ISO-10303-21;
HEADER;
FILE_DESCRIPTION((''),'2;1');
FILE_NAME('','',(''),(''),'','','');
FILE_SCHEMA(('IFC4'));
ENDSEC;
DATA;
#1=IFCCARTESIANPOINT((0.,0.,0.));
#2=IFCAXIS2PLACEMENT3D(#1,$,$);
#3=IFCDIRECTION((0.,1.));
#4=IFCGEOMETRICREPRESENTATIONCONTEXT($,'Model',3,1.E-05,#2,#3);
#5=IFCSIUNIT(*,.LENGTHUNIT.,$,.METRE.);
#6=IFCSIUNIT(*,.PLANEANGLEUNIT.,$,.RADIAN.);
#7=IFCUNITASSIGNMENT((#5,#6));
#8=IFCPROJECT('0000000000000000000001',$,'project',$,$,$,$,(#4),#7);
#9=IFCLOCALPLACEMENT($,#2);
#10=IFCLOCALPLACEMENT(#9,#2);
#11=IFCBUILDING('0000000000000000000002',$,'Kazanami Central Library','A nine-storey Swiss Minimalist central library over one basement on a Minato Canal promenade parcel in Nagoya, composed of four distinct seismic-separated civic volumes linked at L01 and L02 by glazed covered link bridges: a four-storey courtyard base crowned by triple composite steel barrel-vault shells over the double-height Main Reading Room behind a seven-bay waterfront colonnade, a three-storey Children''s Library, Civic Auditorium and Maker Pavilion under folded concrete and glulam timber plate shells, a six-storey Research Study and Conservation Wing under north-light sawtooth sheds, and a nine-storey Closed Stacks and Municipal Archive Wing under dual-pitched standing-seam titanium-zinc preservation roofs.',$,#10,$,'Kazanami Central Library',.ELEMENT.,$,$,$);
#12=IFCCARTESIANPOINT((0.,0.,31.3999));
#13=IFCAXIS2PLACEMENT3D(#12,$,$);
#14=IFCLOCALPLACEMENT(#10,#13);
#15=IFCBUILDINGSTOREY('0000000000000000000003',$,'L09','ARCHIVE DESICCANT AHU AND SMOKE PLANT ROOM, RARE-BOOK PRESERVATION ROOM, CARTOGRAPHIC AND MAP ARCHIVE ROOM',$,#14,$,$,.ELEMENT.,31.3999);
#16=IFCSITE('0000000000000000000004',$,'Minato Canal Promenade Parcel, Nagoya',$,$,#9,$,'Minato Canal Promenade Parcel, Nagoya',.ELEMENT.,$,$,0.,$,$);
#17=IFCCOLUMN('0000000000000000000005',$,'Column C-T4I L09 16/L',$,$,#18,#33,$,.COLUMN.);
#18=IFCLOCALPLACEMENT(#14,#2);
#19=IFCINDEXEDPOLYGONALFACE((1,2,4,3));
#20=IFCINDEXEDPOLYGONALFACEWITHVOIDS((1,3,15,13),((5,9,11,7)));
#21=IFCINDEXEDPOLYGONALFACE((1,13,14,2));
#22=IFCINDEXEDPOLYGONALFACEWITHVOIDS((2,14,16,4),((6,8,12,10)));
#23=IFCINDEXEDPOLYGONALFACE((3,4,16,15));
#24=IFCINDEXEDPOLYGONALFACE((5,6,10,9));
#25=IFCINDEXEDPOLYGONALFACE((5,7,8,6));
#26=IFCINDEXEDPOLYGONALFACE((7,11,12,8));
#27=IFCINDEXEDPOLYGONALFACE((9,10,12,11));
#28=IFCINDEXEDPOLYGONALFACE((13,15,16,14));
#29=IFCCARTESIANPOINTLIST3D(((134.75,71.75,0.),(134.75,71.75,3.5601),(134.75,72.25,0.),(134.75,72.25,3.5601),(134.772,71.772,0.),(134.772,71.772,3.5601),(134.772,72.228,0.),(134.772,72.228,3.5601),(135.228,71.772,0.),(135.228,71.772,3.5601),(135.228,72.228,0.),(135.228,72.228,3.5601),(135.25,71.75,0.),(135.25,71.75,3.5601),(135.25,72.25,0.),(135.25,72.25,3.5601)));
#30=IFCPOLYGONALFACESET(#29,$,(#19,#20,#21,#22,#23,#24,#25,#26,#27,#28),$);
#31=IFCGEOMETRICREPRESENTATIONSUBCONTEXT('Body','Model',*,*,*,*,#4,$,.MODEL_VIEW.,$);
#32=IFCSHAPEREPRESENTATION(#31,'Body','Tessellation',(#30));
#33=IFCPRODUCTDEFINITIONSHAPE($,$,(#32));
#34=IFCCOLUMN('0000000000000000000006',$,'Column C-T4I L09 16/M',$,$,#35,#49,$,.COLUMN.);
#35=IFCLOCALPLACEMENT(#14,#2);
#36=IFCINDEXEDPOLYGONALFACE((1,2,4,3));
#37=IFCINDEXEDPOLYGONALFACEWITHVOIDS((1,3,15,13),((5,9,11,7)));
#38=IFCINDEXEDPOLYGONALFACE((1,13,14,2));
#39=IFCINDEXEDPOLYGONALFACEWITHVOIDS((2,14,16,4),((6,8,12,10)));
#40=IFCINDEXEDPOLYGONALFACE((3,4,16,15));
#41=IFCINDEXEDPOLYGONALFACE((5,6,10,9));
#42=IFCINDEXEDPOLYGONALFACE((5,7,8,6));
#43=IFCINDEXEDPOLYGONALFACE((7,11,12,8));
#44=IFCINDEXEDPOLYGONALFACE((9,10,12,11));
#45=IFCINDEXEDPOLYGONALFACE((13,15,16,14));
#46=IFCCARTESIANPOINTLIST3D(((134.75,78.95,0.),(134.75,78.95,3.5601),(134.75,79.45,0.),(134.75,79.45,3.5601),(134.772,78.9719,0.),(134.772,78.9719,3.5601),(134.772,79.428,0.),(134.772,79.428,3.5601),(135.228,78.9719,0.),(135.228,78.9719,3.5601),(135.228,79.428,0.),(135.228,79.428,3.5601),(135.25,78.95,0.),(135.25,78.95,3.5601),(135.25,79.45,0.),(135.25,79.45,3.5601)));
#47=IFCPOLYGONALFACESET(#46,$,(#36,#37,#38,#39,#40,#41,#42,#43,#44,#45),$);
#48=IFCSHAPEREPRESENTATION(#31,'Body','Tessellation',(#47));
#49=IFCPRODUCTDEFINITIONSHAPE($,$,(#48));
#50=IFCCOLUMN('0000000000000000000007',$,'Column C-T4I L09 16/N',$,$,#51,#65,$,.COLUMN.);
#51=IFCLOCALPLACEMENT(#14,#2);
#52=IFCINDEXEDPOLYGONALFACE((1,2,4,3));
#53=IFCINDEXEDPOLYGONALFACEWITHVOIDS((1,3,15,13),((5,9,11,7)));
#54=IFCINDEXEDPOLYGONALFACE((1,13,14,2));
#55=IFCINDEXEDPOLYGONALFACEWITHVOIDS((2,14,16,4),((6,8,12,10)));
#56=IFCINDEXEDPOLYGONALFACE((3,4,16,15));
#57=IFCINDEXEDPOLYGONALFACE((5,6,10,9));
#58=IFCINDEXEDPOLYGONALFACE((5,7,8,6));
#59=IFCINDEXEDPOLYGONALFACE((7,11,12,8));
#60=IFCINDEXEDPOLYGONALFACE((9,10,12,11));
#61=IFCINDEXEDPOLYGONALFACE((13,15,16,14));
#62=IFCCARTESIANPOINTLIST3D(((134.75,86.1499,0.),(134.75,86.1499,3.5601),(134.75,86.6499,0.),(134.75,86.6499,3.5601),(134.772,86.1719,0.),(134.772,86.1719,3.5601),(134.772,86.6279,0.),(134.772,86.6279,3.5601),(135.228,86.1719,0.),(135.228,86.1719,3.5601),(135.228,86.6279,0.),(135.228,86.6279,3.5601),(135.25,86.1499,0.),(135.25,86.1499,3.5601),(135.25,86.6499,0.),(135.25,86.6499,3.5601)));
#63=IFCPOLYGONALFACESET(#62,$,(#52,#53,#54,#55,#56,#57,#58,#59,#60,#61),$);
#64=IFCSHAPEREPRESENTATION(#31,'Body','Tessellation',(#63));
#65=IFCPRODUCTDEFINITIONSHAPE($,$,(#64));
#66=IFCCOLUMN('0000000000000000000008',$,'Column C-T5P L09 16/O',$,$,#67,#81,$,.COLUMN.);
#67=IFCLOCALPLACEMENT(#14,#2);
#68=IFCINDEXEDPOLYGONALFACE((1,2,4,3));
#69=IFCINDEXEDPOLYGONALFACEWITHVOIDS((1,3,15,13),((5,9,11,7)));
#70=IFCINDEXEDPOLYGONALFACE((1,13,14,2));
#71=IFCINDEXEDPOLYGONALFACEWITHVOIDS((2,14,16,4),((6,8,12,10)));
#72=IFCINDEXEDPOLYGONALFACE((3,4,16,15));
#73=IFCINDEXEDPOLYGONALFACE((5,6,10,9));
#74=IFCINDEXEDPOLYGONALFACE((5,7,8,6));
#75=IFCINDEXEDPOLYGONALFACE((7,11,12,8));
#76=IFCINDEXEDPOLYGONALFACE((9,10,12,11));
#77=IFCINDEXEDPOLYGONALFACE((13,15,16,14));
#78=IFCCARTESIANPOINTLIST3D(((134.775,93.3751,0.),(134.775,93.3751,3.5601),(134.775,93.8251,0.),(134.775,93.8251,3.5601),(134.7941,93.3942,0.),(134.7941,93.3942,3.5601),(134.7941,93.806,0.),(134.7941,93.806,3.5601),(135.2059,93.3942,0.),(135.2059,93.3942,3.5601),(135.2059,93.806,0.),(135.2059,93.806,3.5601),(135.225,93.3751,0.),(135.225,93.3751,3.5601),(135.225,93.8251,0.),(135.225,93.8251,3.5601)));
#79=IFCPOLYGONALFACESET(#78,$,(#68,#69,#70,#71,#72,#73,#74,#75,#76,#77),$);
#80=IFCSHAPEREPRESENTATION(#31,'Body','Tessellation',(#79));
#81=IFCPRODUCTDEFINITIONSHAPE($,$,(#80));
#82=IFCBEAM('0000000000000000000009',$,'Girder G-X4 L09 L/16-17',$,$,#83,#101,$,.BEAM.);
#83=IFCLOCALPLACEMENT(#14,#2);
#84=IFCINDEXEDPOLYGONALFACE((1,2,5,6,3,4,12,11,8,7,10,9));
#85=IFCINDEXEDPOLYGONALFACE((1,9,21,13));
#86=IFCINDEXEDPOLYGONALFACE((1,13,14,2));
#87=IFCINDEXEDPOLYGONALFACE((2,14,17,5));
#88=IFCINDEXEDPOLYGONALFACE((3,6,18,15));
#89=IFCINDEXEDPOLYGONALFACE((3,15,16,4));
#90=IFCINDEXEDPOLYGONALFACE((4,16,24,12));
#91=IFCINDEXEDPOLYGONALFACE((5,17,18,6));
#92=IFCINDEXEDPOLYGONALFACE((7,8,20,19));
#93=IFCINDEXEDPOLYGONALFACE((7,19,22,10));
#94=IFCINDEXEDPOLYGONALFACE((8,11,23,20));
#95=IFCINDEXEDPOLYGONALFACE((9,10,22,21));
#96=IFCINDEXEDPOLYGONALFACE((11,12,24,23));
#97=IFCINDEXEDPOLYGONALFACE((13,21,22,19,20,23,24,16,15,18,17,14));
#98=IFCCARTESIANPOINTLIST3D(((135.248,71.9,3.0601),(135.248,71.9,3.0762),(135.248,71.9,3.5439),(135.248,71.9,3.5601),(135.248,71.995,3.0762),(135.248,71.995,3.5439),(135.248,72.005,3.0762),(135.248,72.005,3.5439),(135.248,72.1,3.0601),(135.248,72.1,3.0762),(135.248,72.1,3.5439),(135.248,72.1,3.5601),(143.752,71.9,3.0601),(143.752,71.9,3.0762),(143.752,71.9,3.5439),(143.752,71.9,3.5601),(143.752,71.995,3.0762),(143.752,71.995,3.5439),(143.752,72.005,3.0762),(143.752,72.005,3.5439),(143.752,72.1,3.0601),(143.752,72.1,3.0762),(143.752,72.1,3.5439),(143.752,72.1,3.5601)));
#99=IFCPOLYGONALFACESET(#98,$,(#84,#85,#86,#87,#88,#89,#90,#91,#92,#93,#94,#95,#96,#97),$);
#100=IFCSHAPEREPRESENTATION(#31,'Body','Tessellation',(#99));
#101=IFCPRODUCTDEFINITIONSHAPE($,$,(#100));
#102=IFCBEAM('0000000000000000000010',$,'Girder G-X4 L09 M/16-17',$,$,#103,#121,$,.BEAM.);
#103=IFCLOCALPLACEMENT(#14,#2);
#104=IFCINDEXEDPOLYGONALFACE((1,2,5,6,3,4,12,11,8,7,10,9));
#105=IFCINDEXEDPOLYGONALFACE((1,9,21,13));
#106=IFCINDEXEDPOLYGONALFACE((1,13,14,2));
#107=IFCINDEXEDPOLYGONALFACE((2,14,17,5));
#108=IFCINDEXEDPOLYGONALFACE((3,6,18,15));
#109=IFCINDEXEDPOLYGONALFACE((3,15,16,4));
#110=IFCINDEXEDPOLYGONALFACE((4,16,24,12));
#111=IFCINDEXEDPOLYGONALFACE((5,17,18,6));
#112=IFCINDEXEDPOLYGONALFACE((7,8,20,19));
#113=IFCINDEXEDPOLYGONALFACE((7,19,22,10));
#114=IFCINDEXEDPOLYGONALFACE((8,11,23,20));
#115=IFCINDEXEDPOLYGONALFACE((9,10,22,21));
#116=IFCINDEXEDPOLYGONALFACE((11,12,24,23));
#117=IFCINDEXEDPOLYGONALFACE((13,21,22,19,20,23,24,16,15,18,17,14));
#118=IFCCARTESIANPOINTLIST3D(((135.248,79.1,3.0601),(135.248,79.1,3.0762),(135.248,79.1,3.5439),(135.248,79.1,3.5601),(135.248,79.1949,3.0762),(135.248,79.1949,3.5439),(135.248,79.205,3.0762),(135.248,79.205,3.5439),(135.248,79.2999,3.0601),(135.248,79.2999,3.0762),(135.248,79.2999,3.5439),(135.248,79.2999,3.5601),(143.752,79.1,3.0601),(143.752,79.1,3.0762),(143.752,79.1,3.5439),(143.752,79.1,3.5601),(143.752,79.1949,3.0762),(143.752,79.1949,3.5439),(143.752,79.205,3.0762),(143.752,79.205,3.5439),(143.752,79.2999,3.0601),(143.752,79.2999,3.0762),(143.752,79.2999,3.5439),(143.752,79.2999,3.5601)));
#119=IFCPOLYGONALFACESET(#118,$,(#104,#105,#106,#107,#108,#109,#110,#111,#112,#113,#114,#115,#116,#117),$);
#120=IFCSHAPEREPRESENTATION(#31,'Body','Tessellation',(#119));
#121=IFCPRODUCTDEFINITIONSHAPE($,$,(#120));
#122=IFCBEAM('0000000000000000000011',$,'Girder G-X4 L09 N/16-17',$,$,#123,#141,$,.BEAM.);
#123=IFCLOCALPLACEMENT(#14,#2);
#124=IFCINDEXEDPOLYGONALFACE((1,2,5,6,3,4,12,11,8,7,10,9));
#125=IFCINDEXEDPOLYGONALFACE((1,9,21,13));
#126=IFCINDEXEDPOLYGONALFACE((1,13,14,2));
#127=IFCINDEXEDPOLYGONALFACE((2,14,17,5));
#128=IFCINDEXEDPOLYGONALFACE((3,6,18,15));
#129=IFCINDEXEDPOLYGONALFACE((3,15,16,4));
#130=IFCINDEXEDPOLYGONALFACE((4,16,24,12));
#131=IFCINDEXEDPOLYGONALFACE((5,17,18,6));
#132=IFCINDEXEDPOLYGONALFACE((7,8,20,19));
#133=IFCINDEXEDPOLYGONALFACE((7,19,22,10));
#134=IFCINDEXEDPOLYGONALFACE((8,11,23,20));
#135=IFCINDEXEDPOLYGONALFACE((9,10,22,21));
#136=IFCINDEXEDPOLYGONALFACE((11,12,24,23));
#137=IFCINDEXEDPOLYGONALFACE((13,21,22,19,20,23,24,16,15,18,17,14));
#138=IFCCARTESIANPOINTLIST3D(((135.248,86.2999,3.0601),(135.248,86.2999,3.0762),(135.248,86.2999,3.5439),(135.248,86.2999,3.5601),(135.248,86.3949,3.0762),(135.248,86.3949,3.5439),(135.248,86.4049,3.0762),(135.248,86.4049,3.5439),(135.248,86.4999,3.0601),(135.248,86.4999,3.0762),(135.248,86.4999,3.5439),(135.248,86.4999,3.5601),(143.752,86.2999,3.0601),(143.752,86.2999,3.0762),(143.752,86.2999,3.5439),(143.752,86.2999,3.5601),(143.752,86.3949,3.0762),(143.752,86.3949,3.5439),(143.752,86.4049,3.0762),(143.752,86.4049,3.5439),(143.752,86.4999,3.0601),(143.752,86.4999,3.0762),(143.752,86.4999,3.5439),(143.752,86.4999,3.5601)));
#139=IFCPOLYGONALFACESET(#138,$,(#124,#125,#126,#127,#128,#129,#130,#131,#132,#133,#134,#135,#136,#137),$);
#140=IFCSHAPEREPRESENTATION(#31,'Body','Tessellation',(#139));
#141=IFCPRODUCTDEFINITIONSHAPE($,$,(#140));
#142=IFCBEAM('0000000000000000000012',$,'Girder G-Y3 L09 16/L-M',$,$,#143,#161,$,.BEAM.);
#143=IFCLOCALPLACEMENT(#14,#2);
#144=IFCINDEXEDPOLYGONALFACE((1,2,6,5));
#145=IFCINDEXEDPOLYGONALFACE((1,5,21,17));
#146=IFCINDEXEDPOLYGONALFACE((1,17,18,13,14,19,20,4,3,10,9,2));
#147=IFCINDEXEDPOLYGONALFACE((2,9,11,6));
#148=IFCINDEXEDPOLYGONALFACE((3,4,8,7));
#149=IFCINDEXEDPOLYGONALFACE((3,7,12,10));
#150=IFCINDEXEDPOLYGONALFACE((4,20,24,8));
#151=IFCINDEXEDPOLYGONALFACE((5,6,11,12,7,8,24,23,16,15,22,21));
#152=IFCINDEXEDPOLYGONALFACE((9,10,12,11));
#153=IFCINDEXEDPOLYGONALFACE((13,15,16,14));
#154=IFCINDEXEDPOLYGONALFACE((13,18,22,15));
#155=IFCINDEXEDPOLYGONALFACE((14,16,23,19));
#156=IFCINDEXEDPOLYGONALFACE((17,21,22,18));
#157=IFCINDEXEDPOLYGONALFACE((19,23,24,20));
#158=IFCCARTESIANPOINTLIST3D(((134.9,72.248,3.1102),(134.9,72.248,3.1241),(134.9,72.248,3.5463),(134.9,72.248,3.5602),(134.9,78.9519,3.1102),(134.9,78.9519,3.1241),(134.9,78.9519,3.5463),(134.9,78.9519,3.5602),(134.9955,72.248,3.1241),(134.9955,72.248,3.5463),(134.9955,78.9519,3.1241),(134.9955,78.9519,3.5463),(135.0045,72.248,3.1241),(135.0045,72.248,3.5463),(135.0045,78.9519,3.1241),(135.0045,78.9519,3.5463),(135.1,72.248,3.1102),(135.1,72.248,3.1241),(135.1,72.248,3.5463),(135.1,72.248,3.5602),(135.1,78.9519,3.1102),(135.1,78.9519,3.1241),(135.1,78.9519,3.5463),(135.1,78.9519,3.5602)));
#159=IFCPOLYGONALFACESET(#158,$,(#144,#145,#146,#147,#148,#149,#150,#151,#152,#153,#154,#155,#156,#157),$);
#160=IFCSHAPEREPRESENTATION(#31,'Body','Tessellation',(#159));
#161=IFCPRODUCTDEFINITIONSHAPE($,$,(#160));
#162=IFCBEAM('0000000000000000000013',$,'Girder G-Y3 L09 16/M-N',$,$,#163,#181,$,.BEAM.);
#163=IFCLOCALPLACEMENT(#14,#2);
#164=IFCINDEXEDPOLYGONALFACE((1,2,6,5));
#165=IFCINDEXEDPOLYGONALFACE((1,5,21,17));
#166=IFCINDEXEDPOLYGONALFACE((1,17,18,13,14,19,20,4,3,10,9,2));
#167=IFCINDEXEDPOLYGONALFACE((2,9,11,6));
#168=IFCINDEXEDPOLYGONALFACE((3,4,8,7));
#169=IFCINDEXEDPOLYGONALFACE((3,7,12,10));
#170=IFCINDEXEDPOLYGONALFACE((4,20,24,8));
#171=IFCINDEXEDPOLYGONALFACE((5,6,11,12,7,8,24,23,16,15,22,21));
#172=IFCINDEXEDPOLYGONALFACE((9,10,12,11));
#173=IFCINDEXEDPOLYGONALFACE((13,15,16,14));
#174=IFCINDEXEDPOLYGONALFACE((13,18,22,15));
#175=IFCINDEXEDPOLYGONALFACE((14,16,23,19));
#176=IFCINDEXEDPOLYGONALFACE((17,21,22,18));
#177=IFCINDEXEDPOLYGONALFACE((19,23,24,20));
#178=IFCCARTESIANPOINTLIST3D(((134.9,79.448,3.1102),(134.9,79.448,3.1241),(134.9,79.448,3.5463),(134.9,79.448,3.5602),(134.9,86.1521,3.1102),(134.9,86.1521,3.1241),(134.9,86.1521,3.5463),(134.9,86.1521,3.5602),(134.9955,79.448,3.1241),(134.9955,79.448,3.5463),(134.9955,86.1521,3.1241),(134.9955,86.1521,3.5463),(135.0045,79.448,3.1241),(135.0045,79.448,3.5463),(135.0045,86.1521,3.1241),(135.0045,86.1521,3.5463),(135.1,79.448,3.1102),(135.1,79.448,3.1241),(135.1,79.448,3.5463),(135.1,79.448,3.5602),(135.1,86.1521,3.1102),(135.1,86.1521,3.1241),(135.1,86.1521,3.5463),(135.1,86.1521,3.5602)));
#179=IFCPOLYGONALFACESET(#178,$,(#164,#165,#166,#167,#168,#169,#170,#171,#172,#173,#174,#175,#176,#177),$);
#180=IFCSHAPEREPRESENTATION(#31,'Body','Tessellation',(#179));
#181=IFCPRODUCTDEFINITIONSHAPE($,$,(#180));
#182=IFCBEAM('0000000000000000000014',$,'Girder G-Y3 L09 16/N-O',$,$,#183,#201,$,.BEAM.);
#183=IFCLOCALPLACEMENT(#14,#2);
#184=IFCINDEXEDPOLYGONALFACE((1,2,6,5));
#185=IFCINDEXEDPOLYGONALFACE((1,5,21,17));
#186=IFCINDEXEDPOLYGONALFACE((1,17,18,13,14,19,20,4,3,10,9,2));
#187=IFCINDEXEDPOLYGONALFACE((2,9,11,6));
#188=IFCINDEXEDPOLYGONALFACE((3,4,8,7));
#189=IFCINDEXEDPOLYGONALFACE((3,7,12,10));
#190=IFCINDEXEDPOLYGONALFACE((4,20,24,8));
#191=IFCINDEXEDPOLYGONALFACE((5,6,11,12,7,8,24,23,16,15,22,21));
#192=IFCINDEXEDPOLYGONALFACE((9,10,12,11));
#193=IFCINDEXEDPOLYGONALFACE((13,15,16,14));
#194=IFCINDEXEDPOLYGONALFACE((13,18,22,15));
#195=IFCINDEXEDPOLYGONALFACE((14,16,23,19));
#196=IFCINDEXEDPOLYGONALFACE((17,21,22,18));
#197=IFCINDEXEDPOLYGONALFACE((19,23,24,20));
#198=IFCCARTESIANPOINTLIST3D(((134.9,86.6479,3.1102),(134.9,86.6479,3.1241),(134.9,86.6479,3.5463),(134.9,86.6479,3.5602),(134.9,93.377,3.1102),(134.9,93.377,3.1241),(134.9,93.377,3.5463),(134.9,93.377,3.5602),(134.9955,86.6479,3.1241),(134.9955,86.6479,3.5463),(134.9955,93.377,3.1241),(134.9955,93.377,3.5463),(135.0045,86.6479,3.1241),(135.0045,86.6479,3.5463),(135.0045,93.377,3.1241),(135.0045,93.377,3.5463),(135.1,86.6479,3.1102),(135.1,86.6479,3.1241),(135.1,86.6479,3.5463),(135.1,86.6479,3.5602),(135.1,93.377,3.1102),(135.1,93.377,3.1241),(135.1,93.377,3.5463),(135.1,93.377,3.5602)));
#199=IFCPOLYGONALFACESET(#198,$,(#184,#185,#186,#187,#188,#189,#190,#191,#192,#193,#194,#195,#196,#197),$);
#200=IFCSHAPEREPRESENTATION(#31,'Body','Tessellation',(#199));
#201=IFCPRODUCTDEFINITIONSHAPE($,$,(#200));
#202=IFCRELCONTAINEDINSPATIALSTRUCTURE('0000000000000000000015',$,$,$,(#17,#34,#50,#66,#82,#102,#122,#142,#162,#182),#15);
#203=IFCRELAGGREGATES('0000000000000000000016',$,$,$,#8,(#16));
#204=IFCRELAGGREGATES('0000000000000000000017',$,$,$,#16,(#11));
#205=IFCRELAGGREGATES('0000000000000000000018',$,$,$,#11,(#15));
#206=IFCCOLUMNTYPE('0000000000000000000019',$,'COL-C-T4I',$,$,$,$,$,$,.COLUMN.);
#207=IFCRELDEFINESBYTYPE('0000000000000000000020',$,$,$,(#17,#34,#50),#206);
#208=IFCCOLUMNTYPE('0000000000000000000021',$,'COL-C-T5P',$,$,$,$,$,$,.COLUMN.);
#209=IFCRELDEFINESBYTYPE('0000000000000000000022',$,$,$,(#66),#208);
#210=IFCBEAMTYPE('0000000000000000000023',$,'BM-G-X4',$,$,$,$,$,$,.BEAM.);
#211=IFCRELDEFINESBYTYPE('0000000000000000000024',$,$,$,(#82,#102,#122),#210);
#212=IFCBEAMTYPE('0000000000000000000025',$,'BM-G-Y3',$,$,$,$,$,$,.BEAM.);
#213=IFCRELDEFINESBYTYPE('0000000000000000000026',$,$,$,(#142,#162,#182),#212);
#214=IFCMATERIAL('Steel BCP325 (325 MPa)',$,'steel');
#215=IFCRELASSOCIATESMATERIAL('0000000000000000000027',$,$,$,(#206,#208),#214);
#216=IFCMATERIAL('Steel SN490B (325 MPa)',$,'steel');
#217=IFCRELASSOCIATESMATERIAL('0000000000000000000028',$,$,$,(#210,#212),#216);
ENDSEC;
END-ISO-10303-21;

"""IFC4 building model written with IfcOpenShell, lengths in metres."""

from ifc_helpers import new_model, si_unit, direction, frame, origin, origin_2d, place, context, subcontext, project, spatial, hollow_rectangle, i_section, extrude, material, material_profile, profile_set, type_object, element, save


model = new_model("IFC4")

# Units and contexts
model_context = context("Model", 3, precision=1e-05, world=origin(), true_north=direction((0.0, 1.0)))
body_context = subcontext(model_context, "Body", "Model", "MODEL_VIEW")
ifc_project = project(units=[si_unit("LENGTHUNIT", "METRE"), si_unit("PLANEANGLEUNIT", "RADIAN")], contexts=[model_context])

# Site, building, storey
site_placement = place(None, origin())
site = spatial("IfcSite", under=ifc_project, at=site_placement, Name="Minato Canal Promenade Parcel, Nagoya", LongName="Minato Canal Promenade Parcel, Nagoya", CompositionType="ELEMENT", RefElevation=0.0)
building_placement = place(site_placement, origin())
building = spatial("IfcBuilding", under=site, at=building_placement, Name="Kazanami Central Library", Description="A nine-storey Swiss Minimalist central library over one basement on a Minato Canal promenade parcel in Nagoya, composed of four distinct seismic-separated civic volumes linked at L01 and L02 by glazed covered link bridges: a four-storey courtyard base crowned by triple composite steel barrel-vault shells over the double-height Main Reading Room behind a seven-bay waterfront colonnade, a three-storey Children's Library, Civic Auditorium and Maker Pavilion under folded concrete and glulam timber plate shells, a six-storey Research Study and Conservation Wing under north-light sawtooth sheds, and a nine-storey Closed Stacks and Municipal Archive Wing under dual-pitched standing-seam titanium-zinc preservation roofs.", LongName="Kazanami Central Library", CompositionType="ELEMENT")
storey_placement = place(building_placement, frame((0.0, 0.0, 31.3999)))
storey = spatial("IfcBuildingStorey", under=building, at=storey_placement, Name="L09", Description="ARCHIVE DESICCANT AHU AND SMOKE PLANT ROOM, RARE-BOOK PRESERVATION ROOM, CARTOGRAPHIC AND MAP ARCHIVE ROOM", CompositionType="ELEMENT", Elevation=31.3999)

# Columns
ifc_material_1 = material(Name="Steel BCP325 (325 MPa)", Category="steel")
ifc_material_profile_1 = material_profile(ifc_material_1, hollow_rectangle(XDim=0.5, YDim=0.5, WallThickness=0.022, at=origin_2d()), Name="BCP-500x500x22")
ifc_profile_set_1 = profile_set([ifc_material_profile_1], Name="Steel BCP325 (325 MPa)")
column_type_1 = type_object("IfcColumnType", Name="COL-C-T4I", PredefinedType="COLUMN", material=ifc_profile_set_1)
for number, where, z_axis, x_axis, name in (
    (1, (135.0, 72.0, 0.0), (0.0, 0.0, 1.0), (1.0, 0.0, 0.0), "Column C-T4I L09 16/L"),
    (2, (135.0, 79.2, 0.0), (0.0, 0.0, 1.0), (1.0, 0.0, 0.0), "Column C-T4I L09 16/M"),
    (3, (135.0, 86.3999, 0.0), (0.0, 0.0, 1.0), (1.0, 0.0, 0.0), "Column C-T4I L09 16/N"),
):
    element("IfcColumn", number, at=place(storey_placement, frame(where, z_axis=z_axis, x_axis=x_axis)), inside=storey, type_object=column_type_1, Name=name, PredefinedType="COLUMN", context=body_context, shape_type="SweptSolid", body=[
        extrude(hollow_rectangle(XDim=0.5, YDim=0.5, WallThickness=0.022, at=origin_2d()), origin(), (0.0, 0.0, 1.0), 3.5601),
    ])
ifc_material_profile_2 = material_profile(ifc_material_1, hollow_rectangle(XDim=0.45, YDim=0.45, WallThickness=0.019, at=origin_2d()), Name="BCP-450x450x19")
ifc_profile_set_2 = profile_set([ifc_material_profile_2], Name="Steel BCP325 (325 MPa)")
column_type_2 = type_object("IfcColumnType", Name="COL-C-T5P", PredefinedType="COLUMN", material=ifc_profile_set_2)
column_placement = place(storey_placement, frame((135.0, 93.6001, 0.0), z_axis=(0.0, 0.0, 1.0), x_axis=(1.0, 0.0, 0.0)))
element("IfcColumn", 4, at=column_placement, inside=storey, type_object=column_type_2, Name="Column C-T5P L09 16/O", PredefinedType="COLUMN", context=body_context, shape_type="SweptSolid", body=[
    extrude(hollow_rectangle(XDim=0.45, YDim=0.45, WallThickness=0.019, at=origin_2d()), origin(), (0.0, 0.0, 1.0), 3.5601),
])

# Beams
ifc_material_2 = material(Name="Steel SN490B (325 MPa)", Category="steel")
ifc_material_profile_3 = material_profile(ifc_material_2, i_section(OverallWidth=0.2, OverallDepth=0.5, WebThickness=0.01, FlangeThickness=0.0161, at=origin_2d()), Name="H-500x200x10x16")
ifc_profile_set_3 = profile_set([ifc_material_profile_3], Name="Steel SN490B (325 MPa)")
beam_type_1 = type_object("IfcBeamType", Name="BM-G-X4", PredefinedType="BEAM", material=ifc_profile_set_3)
for number, where, z_axis, x_axis, name in (
    (5, (135.248, 72.0, 3.3101), (1.0, 0.0, 0.0), (0.0, 1.0, 0.0), "Girder G-X4 L09 L/16-17"),
    (6, (135.248, 79.2, 3.3101), (1.0, 0.0, 0.0), (0.0, 1.0, 0.0), "Girder G-X4 L09 M/16-17"),
    (7, (135.248, 86.3999, 3.3101), (1.0, 0.0, 0.0), (0.0, 1.0, 0.0), "Girder G-X4 L09 N/16-17"),
):
    element("IfcBeam", number, at=place(storey_placement, frame(where, z_axis=z_axis, x_axis=x_axis)), inside=storey, type_object=beam_type_1, Name=name, PredefinedType="BEAM", context=body_context, shape_type="SweptSolid", body=[
        extrude(i_section(OverallWidth=0.2, OverallDepth=0.5, WebThickness=0.01, FlangeThickness=0.0161, at=origin_2d()), origin(), (0.0, 0.0, 1.0), 8.5039),
    ])
ifc_material_profile_4 = material_profile(ifc_material_2, i_section(OverallWidth=0.2, OverallDepth=0.45, WebThickness=0.009, FlangeThickness=0.0139, at=origin_2d()), Name="H-450x200x9x14")
ifc_profile_set_4 = profile_set([ifc_material_profile_4], Name="Steel SN490B (325 MPa)")
beam_type_2 = type_object("IfcBeamType", Name="BM-G-Y3", PredefinedType="BEAM", material=ifc_profile_set_4)
beam_1_placement = place(storey_placement, frame((135.0, 72.248, 3.3352), z_axis=(0.0, 1.0, 0.0), x_axis=(-1.0, 0.0, 0.0)))
element("IfcBeam", 8, at=beam_1_placement, inside=storey, type_object=beam_type_2, Name="Girder G-Y3 L09 16/L-M", PredefinedType="BEAM", context=body_context, shape_type="SweptSolid", body=[
    extrude(i_section(OverallWidth=0.2, OverallDepth=0.45, WebThickness=0.009, FlangeThickness=0.0139, at=origin_2d()), origin(), (0.0, 0.0, 1.0), 6.7039),
])
beam_2_placement = place(storey_placement, frame((135.0, 79.448, 3.3352), z_axis=(0.0, 1.0, 0.0), x_axis=(-1.0, 0.0, 0.0)))
element("IfcBeam", 9, at=beam_2_placement, inside=storey, type_object=beam_type_2, Name="Girder G-Y3 L09 16/M-N", PredefinedType="BEAM", context=body_context, shape_type="SweptSolid", body=[
    extrude(i_section(OverallWidth=0.2, OverallDepth=0.45, WebThickness=0.009, FlangeThickness=0.0139, at=origin_2d()), origin(), (0.0, 0.0, 1.0), 6.7041),
])
beam_3_placement = place(storey_placement, frame((135.0, 86.6479, 3.3352), z_axis=(0.0, 1.0, 0.0), x_axis=(-1.0, 0.0, 0.0)))
element("IfcBeam", 10, at=beam_3_placement, inside=storey, type_object=beam_type_2, Name="Girder G-Y3 L09 16/N-O", PredefinedType="BEAM", context=body_context, shape_type="SweptSolid", body=[
    extrude(i_section(OverallWidth=0.2, OverallDepth=0.45, WebThickness=0.009, FlangeThickness=0.0139, at=origin_2d()), origin(), (0.0, 0.0, 1.0), 6.729),
])

save(model, "model.ifc")
